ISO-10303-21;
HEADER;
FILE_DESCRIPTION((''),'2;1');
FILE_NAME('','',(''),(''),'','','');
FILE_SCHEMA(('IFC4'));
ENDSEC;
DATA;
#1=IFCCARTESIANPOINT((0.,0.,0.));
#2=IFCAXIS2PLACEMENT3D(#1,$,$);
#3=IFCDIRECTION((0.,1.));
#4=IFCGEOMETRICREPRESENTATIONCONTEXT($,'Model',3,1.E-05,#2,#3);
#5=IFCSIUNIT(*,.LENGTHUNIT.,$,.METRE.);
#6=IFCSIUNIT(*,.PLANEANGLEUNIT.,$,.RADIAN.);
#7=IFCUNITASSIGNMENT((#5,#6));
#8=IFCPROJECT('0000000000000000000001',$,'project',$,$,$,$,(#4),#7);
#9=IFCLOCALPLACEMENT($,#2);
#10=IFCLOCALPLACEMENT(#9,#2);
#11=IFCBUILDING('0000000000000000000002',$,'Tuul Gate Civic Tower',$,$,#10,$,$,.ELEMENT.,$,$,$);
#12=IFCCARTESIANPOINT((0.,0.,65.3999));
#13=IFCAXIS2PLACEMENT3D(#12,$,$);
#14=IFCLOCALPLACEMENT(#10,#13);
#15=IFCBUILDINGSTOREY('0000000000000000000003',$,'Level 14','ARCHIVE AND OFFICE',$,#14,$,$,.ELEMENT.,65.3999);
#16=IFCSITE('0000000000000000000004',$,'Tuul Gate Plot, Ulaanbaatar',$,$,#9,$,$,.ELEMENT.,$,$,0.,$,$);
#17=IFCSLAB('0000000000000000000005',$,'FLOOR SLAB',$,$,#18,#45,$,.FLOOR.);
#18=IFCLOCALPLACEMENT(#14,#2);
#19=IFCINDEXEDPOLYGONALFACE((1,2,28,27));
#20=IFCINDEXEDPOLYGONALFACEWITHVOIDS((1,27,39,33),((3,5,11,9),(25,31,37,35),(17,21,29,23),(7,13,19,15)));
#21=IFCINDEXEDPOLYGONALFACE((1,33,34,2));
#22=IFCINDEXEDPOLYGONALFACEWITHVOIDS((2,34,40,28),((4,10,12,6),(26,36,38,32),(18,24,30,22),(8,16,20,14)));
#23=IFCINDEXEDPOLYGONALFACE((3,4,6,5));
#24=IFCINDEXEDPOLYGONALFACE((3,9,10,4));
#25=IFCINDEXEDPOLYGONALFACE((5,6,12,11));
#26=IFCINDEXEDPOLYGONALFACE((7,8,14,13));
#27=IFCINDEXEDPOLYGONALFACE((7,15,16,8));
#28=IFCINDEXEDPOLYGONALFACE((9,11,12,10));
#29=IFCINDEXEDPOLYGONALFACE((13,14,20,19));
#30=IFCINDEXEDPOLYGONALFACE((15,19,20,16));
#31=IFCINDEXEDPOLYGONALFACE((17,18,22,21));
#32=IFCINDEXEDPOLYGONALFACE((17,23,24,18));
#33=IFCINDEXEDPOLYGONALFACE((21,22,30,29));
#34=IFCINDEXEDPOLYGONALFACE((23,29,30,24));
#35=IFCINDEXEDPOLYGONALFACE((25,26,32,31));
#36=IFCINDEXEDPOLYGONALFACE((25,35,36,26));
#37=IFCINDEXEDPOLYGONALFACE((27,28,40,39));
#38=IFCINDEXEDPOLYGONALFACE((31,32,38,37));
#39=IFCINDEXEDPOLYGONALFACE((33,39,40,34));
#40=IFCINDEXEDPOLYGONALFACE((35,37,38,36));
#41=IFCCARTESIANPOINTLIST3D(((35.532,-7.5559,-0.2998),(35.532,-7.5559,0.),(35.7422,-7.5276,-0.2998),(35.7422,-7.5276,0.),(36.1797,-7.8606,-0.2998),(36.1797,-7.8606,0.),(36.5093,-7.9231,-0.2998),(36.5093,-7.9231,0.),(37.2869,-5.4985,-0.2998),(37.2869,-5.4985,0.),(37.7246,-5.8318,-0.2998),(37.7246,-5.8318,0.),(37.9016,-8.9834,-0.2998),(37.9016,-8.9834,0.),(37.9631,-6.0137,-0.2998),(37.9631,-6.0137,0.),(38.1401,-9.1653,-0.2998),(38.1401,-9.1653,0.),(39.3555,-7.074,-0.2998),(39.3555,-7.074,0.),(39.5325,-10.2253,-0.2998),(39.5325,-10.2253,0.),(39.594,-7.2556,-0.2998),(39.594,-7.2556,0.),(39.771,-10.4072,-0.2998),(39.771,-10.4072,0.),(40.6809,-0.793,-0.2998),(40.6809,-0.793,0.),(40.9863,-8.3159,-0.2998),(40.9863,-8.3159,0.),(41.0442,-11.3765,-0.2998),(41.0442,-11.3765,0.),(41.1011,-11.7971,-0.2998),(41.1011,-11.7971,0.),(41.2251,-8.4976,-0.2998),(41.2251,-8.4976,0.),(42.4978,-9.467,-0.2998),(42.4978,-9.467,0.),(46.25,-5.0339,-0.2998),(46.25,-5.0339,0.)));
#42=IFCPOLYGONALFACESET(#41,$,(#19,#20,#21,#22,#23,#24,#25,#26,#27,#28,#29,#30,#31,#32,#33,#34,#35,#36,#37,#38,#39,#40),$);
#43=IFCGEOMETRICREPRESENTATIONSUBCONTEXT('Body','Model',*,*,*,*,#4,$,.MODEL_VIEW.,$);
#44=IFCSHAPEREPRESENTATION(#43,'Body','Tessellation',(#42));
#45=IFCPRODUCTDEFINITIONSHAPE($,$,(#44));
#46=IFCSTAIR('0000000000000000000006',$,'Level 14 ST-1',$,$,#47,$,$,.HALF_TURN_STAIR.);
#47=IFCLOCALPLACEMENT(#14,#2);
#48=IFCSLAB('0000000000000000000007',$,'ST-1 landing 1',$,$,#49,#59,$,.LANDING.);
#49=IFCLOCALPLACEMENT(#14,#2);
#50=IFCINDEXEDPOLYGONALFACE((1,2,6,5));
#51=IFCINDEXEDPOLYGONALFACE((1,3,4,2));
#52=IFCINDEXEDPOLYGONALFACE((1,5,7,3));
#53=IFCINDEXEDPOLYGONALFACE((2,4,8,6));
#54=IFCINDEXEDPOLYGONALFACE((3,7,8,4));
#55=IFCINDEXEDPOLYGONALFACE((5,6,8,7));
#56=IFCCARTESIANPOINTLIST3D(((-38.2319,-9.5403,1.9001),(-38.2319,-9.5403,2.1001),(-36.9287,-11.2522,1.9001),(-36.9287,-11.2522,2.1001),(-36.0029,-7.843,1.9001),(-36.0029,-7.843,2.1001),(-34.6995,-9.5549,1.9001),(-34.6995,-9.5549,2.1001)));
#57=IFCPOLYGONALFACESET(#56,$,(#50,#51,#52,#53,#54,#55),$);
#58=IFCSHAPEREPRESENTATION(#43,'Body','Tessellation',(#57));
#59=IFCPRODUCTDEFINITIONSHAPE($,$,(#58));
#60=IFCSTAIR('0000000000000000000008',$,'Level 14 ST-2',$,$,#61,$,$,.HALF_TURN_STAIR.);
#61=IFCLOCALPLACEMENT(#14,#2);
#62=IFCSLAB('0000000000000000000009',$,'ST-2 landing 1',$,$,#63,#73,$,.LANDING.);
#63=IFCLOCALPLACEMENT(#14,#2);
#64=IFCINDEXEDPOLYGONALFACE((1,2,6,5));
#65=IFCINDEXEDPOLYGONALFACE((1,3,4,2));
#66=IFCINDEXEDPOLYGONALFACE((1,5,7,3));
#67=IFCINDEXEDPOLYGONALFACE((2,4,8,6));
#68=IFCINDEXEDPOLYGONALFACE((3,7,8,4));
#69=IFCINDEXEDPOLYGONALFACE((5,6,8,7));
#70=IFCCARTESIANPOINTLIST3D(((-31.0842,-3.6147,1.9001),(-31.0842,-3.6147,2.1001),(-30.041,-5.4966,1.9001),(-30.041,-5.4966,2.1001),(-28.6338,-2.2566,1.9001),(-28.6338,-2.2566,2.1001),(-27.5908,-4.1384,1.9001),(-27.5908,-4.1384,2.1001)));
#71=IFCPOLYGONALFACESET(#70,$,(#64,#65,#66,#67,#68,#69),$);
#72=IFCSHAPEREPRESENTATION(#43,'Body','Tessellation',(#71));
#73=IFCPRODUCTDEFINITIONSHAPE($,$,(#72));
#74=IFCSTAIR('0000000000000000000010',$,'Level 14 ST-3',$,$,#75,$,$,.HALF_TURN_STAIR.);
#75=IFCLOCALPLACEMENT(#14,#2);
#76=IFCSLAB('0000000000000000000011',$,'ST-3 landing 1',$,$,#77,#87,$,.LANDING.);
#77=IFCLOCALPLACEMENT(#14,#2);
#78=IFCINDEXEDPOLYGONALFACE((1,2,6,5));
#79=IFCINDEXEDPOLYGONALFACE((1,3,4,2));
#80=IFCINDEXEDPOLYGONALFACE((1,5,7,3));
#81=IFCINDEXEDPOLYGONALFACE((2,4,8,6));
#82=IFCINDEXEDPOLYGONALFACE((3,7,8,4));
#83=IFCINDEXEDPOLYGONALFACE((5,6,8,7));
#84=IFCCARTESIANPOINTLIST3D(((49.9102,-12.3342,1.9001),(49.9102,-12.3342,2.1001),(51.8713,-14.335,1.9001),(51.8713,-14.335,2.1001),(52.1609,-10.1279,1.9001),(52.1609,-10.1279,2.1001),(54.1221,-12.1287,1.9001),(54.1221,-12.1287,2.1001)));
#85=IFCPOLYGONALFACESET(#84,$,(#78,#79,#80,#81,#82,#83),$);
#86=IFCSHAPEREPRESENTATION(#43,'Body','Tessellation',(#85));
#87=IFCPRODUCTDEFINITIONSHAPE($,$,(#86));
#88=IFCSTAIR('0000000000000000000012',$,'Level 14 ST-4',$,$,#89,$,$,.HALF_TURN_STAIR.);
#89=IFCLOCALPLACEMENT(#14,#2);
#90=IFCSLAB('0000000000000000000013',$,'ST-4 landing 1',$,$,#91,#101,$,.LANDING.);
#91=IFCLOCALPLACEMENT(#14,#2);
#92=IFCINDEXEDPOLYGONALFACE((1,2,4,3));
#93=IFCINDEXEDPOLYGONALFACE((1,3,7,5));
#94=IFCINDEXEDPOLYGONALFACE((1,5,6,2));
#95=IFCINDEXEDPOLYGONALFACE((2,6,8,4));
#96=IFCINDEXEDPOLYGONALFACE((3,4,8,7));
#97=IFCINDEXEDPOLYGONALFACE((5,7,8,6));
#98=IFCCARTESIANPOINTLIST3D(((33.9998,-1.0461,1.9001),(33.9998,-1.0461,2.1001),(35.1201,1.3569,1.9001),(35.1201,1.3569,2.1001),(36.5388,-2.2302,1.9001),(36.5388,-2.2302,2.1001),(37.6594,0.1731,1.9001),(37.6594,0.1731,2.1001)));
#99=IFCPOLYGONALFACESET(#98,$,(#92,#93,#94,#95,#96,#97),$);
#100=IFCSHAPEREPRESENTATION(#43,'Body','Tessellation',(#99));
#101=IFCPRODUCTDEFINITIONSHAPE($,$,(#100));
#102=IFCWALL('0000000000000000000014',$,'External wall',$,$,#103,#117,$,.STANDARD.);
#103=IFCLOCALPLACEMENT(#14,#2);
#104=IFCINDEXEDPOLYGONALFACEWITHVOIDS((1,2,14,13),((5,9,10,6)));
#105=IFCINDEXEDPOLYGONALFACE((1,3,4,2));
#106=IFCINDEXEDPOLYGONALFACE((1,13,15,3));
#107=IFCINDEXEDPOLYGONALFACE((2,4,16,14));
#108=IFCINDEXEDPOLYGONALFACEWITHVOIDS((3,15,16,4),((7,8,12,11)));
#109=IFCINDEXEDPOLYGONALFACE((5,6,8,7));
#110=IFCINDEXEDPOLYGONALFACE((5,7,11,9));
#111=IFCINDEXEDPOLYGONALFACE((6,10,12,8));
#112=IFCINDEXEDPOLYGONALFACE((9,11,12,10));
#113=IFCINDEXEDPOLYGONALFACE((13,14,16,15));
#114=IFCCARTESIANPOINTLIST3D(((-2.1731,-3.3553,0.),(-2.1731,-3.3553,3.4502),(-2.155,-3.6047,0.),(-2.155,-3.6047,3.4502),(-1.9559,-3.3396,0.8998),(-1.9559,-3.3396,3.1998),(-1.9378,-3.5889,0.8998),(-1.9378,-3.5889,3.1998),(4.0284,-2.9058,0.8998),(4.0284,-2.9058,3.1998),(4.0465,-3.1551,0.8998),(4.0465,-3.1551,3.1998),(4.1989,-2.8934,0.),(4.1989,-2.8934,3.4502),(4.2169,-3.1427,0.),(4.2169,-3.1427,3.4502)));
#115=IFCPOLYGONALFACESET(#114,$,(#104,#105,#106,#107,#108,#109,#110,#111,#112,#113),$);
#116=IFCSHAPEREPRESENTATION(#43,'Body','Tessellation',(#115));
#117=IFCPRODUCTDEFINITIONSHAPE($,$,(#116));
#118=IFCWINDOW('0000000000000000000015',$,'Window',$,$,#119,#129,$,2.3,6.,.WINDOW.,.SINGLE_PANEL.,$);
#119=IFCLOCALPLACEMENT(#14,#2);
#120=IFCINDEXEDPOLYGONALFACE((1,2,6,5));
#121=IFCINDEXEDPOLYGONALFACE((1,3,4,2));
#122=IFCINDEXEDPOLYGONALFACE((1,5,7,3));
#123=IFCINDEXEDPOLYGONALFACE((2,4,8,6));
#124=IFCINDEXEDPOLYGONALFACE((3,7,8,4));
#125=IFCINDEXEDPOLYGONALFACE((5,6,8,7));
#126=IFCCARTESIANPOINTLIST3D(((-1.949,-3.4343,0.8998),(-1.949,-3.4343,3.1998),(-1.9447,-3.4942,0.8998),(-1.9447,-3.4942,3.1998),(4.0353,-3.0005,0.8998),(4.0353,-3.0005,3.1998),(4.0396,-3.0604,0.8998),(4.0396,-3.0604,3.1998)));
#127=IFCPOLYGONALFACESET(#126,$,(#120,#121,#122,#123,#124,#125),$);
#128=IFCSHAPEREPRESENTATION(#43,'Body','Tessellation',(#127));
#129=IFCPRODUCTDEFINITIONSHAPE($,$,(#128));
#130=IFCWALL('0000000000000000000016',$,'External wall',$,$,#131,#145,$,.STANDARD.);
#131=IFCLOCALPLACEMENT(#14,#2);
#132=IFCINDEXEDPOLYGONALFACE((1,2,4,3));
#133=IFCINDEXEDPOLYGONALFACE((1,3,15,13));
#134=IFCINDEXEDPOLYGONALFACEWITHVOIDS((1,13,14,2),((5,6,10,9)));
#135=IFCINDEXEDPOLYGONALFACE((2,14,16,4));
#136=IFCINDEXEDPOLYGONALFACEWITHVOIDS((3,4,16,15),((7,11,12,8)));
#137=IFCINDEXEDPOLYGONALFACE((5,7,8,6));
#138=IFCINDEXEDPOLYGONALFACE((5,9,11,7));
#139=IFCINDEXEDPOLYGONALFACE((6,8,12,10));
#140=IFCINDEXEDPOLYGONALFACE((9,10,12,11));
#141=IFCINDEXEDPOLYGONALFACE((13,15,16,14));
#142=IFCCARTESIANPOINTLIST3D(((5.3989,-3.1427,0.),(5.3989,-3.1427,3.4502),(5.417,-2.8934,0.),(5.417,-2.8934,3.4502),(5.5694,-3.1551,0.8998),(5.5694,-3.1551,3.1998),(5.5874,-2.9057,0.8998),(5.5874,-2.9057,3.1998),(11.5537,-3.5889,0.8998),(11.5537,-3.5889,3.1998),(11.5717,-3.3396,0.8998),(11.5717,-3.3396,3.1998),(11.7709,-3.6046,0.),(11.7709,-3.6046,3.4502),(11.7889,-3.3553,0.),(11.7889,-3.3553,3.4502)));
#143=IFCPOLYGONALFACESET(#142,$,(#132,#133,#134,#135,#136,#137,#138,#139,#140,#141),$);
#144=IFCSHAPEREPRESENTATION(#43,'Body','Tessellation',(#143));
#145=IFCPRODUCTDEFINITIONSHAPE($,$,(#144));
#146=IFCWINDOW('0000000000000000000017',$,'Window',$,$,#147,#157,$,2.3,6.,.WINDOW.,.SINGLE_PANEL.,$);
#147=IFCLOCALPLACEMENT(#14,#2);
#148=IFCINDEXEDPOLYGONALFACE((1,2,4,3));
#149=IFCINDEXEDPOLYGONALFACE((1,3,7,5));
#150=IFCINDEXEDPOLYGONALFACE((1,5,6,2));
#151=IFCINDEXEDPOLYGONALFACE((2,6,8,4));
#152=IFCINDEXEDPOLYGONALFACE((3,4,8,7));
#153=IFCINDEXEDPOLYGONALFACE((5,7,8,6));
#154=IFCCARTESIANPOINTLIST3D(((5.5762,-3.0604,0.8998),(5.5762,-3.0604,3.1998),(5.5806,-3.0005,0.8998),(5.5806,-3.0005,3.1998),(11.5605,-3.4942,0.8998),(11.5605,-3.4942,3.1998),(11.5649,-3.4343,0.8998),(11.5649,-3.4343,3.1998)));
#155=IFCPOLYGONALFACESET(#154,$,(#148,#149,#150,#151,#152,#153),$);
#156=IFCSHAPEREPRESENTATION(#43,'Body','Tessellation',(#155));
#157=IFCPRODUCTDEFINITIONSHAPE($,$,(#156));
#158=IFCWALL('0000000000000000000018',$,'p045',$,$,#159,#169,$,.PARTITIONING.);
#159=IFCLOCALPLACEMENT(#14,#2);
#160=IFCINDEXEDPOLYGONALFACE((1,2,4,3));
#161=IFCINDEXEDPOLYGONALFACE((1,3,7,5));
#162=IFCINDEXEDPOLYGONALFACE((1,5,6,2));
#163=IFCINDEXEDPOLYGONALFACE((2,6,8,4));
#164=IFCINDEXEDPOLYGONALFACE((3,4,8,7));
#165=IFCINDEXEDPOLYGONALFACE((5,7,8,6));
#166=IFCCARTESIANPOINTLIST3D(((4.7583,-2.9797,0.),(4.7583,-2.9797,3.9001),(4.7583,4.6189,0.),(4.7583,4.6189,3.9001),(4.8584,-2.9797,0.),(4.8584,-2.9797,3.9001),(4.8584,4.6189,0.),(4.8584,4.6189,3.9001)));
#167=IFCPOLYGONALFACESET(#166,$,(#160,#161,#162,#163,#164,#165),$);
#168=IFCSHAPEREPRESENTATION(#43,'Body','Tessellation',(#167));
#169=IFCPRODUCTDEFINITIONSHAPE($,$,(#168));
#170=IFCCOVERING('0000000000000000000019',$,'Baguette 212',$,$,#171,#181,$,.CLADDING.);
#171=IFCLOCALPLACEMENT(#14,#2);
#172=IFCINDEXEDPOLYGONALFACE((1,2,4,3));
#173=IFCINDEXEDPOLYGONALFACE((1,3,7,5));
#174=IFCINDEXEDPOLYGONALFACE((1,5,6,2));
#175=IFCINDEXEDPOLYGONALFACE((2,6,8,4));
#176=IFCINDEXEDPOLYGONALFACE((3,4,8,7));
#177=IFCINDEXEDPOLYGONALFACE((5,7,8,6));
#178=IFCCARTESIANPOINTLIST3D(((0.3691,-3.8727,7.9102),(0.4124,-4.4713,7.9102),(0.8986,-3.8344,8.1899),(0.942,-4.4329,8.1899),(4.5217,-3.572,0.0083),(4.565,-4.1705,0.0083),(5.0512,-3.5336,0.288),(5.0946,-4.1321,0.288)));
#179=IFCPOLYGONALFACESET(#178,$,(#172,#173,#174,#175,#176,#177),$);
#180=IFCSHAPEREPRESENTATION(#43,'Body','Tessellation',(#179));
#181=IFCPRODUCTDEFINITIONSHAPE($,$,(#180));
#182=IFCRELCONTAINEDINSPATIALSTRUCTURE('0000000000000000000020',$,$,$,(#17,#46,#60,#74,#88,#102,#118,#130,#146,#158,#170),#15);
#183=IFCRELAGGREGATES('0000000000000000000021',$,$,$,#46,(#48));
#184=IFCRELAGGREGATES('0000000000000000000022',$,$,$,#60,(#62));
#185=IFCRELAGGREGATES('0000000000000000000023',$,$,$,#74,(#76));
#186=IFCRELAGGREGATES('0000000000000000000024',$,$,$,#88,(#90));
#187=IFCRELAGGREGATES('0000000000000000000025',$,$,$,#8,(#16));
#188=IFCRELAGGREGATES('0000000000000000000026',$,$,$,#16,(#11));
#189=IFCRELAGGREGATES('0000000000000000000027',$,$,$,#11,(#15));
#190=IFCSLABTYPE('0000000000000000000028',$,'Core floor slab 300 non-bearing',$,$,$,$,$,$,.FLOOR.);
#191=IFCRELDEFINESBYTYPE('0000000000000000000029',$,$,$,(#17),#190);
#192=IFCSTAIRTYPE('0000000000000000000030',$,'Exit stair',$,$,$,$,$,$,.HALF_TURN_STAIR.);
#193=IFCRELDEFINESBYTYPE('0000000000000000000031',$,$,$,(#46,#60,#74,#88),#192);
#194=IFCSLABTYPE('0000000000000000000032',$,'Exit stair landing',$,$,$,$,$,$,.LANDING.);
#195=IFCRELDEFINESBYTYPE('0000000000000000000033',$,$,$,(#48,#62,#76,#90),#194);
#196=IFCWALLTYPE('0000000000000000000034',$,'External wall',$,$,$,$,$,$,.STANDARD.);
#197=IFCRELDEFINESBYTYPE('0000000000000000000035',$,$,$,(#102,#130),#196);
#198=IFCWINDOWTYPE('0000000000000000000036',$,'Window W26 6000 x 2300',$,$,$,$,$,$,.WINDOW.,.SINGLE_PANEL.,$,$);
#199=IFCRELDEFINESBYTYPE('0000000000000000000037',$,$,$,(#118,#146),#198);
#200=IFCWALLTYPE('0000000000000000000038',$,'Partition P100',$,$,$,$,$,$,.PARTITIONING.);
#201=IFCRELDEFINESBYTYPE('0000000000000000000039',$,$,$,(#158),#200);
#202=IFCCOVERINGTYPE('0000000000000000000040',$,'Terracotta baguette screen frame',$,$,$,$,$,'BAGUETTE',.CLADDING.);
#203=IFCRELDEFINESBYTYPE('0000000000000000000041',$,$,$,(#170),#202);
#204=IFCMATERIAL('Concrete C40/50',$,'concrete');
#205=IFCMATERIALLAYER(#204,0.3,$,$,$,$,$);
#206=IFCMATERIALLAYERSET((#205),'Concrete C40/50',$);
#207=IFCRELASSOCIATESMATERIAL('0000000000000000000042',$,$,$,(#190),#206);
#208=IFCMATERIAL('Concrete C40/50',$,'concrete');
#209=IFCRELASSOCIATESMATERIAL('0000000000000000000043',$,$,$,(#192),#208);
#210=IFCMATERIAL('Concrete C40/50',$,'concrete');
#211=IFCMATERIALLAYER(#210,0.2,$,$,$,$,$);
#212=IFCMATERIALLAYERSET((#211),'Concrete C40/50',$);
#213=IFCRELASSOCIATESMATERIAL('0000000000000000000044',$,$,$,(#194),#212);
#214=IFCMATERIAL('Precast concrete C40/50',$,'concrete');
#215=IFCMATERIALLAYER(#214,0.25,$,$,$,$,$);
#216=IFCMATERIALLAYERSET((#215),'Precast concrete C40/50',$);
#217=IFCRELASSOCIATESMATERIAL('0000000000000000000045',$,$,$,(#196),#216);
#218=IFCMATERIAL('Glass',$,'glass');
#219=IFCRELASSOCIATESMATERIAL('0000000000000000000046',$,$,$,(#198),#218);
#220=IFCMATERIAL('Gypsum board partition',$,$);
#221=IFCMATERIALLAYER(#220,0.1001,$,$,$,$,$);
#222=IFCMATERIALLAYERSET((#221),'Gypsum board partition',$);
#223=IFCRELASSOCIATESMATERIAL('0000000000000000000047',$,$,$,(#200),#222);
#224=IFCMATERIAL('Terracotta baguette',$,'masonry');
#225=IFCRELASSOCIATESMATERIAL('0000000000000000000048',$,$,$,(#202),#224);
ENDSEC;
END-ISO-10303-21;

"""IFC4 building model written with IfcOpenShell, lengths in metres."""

from ifc_helpers import new_model, si_unit, direction, frame, frame_2d, origin, origin_2d, place, context, subcontext, project, spatial, polyline, rectangle, outline, extrude, material, layer, layer_set, material_profile, profile_set, type_object, element, fill, aggregate, save


model = new_model("IFC4")

# Units and contexts
model_context = context("Model", 3, precision=1e-05, world=origin(), true_north=direction((0.0, 1.0)))
body_context = subcontext(model_context, "Body", "Model", "MODEL_VIEW")
ifc_project = project(units=[si_unit("LENGTHUNIT", "METRE"), si_unit("PLANEANGLEUNIT", "RADIAN")], contexts=[model_context])

# Site, building, storey
site_placement = place(None, origin())
site = spatial("IfcSite", under=ifc_project, at=site_placement, Name="Tuul Gate Plot, Ulaanbaatar", CompositionType="ELEMENT", RefElevation=0.0)
building_placement = place(site_placement, origin())
building = spatial("IfcBuilding", under=site, at=building_placement, Name="Tuul Gate Civic Tower", CompositionType="ELEMENT")
storey_placement = place(building_placement, frame((0.0, 0.0, 65.3999)))
storey = spatial("IfcBuildingStorey", under=building, at=storey_placement, Name="Level 14", Description="ARCHIVE AND OFFICE", CompositionType="ELEMENT", Elevation=65.3999)

# Slab
ifc_material_1 = material(Name="Concrete C40/50", Category="concrete")
ifc_layer_1 = layer(ifc_material_1, 0.3)
ifc_layer_set_1 = layer_set([ifc_layer_1], Name="Concrete C40/50")
slab_type_1 = type_object("IfcSlabType", Name="Core floor slab 300 non-bearing", PredefinedType="FLOOR", material=ifc_layer_set_1)
slab_1_placement = place(storey_placement, frame((0.0, 0.0, -0.2998)))
element("IfcSlab", 1, at=slab_1_placement, inside=storey, type_object=slab_type_1, Name="FLOOR SLAB", PredefinedType="FLOOR", context=body_context, shape_type="SweptSolid", body=[
    extrude(outline(polyline([(41.1011, -11.7971), (46.25, -5.0339), (40.6809, -0.793), (35.532, -7.5559), (41.1011, -11.7971)]), holes=[polyline([(41.0442, -11.3765), (42.4978, -9.467), (41.2251, -8.4976), (39.771, -10.4072), (41.0442, -11.3765)]), polyline([(39.5325, -10.2253), (40.9863, -8.3159), (39.594, -7.2556), (38.1401, -9.1653), (39.5325, -10.2253)]), polyline([(37.9016, -8.9834), (39.3555, -7.074), (37.9631, -6.0137), (36.5093, -7.9231), (37.9016, -8.9834)]), polyline([(36.1797, -7.8606), (37.7246, -5.8318), (37.2869, -5.4985), (35.7422, -7.5276), (36.1797, -7.8606)])]), origin(), (0.0, 0.0, 1.0), 0.2998),
])

# Stairs, slabs
ifc_material_2 = material(Name="Concrete C40/50", Category="concrete")
stair_type = type_object("IfcStairType", Name="Exit stair", PredefinedType="HALF_TURN_STAIR", material=ifc_material_2)
stair_1_placement = place(storey_placement, origin())
stair_1 = element("IfcStair", 2, at=stair_1_placement, inside=storey, type_object=stair_type, Name="Level 14 ST-1", PredefinedType="HALF_TURN_STAIR")
ifc_material_3 = material(Name="Concrete C40/50", Category="concrete")
ifc_layer_2 = layer(ifc_material_3, 0.2)
ifc_layer_set_2 = layer_set([ifc_layer_2], Name="Concrete C40/50")
slab_type_2 = type_object("IfcSlabType", Name="Exit stair landing", PredefinedType="LANDING", material=ifc_layer_set_2)
slab_2_placement = place(storey_placement, frame((0.0, 0.0, 1.9001)))
slab_2 = element("IfcSlab", 3, at=slab_2_placement, type_object=slab_type_2, Name="ST-1 landing 1", PredefinedType="LANDING", context=body_context, shape_type="SweptSolid", body=[
    extrude(outline(polyline([(-34.6995, -9.5549), (-36.9287, -11.2522), (-38.2319, -9.5403), (-36.0029, -7.843), (-34.6995, -9.5549)])), origin(), (0.0, 0.0, 1.0), 0.2),
])
aggregate(stair_1, [slab_2])
stair_2_placement = place(storey_placement, origin())
stair_2 = element("IfcStair", 4, at=stair_2_placement, inside=storey, type_object=stair_type, Name="Level 14 ST-2", PredefinedType="HALF_TURN_STAIR")
slab_3_placement = place(storey_placement, frame((0.0, 0.0, 1.9001)))
slab_3 = element("IfcSlab", 5, at=slab_3_placement, type_object=slab_type_2, Name="ST-2 landing 1", PredefinedType="LANDING", context=body_context, shape_type="SweptSolid", body=[
    extrude(outline(polyline([(-27.5908, -4.1384), (-30.041, -5.4966), (-31.0842, -3.6147), (-28.6338, -2.2566), (-27.5908, -4.1384)])), origin(), (0.0, 0.0, 1.0), 0.2),
])
aggregate(stair_2, [slab_3])
stair_3_placement = place(storey_placement, origin())
stair_3 = element("IfcStair", 6, at=stair_3_placement, inside=storey, type_object=stair_type, Name="Level 14 ST-3", PredefinedType="HALF_TURN_STAIR")
slab_4_placement = place(storey_placement, frame((0.0, 0.0, 1.9001)))
slab_4 = element("IfcSlab", 7, at=slab_4_placement, type_object=slab_type_2, Name="ST-3 landing 1", PredefinedType="LANDING", context=body_context, shape_type="SweptSolid", body=[
    extrude(outline(polyline([(51.8713, -14.335), (49.9102, -12.3342), (52.1609, -10.1279), (54.1221, -12.1287), (51.8713, -14.335)])), origin(), (0.0, 0.0, 1.0), 0.2),
])
aggregate(stair_3, [slab_4])
stair_4_placement = place(storey_placement, origin())
stair_4 = element("IfcStair", 8, at=stair_4_placement, inside=storey, type_object=stair_type, Name="Level 14 ST-4", PredefinedType="HALF_TURN_STAIR")
slab_5_placement = place(storey_placement, frame((0.0, 0.0, 1.9001)))
slab_5 = element("IfcSlab", 9, at=slab_5_placement, type_object=slab_type_2, Name="ST-4 landing 1", PredefinedType="LANDING", context=body_context, shape_type="SweptSolid", body=[
    extrude(outline(polyline([(36.5388, -2.2302), (33.9998, -1.0461), (35.1201, 1.3569), (37.6594, 0.1731), (36.5388, -2.2302)])), origin(), (0.0, 0.0, 1.0), 0.2),
])
aggregate(stair_4, [slab_5])

# Walls, openings, windows
ifc_material_4 = material(Name="Precast concrete C40/50", Category="concrete")
ifc_layer_3 = layer(ifc_material_4, 0.25)
ifc_layer_set_3 = layer_set([ifc_layer_3], Name="Precast concrete C40/50")
wall_type_1 = type_object("IfcWallType", Name="External wall", PredefinedType="STANDARD", material=ifc_layer_set_3)
wall_1_placement = place(storey_placement, frame((-2.1641, -3.48, 0.0), z_axis=(0.0, 0.0, 1.0), x_axis=(0.997383, 0.072301, 0.0)))
wall_1 = element("IfcWall", 10, at=wall_1_placement, inside=storey, type_object=wall_type_1, Name="External wall", PredefinedType="STANDARD", context=body_context, shape_type="SweptSolid", body=[
    extrude(rectangle(XDim=6.3887, YDim=0.25, at=frame_2d((3.1943, 0.0))), origin(), (0.0, 0.0, 1.0), 3.4502),
])
opening_1_placement = place(wall_1_placement, frame((0.2178, 0.0, 0.8999)))
opening_1 = element("IfcOpeningElement", 11, at=opening_1_placement, cuts=wall_1, PredefinedType="OPENING", context=body_context, shape_type="SweptSolid", body=[
    extrude(rectangle(XDim=6.0, YDim=2.3, at=frame_2d((3.0, 1.1499))), frame((0.0, 0.135, 0.0), z_axis=(0.0, -1.0, 0.0), x_axis=(1.0, 0.0, 0.0)), (0.0, 0.0, 1.0), 0.27),
])
ifc_material_5 = material(Name="Glass", Category="glass")
window_type = type_object("IfcWindowType", Name="Window W26 6000 x 2300", PartitioningType="SINGLE_PANEL", PredefinedType="WINDOW", material=ifc_material_5)
window_1_placement = place(opening_1_placement, origin())
window_1 = element("IfcWindow", 12, at=window_1_placement, inside=storey, type_object=window_type, Name="Window", OverallHeight=2.3, OverallWidth=6.0, PartitioningType="SINGLE_PANEL", PredefinedType="WINDOW", context=body_context, shape_type="SweptSolid", body=[
    extrude(rectangle(XDim=6.0, YDim=2.3, at=frame_2d((3.0, 1.1499))), frame((0.0, 0.03, 0.0), z_axis=(0.0, -1.0, 0.0), x_axis=(1.0, 0.0, 0.0)), (0.0, 0.0, 1.0), 0.0601),
])
fill(opening_1, window_1)
wall_2_placement = place(storey_placement, frame((5.408, -3.0181, 0.0), z_axis=(0.0, 0.0, 1.0), x_axis=(0.997383, -0.072301, 0.0)))
wall_2 = element("IfcWall", 13, at=wall_2_placement, inside=storey, type_object=wall_type_1, Name="External wall", PredefinedType="STANDARD", context=body_context, shape_type="SweptSolid", body=[
    extrude(rectangle(XDim=6.3887, YDim=0.25, at=frame_2d((3.1943, 0.0))), origin(), (0.0, 0.0, 1.0), 3.4502),
])
opening_2_placement = place(wall_2_placement, frame((0.1709, 0.0, 0.8999)))
opening_2 = element("IfcOpeningElement", 14, at=opening_2_placement, cuts=wall_2, PredefinedType="OPENING", context=body_context, shape_type="SweptSolid", body=[
    extrude(rectangle(XDim=6.0, YDim=2.3, at=frame_2d((3.0, 1.1499))), frame((0.0, 0.135, 0.0), z_axis=(0.0, -1.0, 0.0), x_axis=(1.0, 0.0, 0.0)), (0.0, 0.0, 1.0), 0.27),
])
window_2_placement = place(opening_2_placement, origin())
window_2 = element("IfcWindow", 15, at=window_2_placement, inside=storey, type_object=window_type, Name="Window", OverallHeight=2.3, OverallWidth=6.0, PartitioningType="SINGLE_PANEL", PredefinedType="WINDOW", context=body_context, shape_type="SweptSolid", body=[
    extrude(rectangle(XDim=6.0, YDim=2.3, at=frame_2d((3.0, 1.1499))), frame((0.0, 0.03, 0.0), z_axis=(0.0, -1.0, 0.0), x_axis=(1.0, 0.0, 0.0)), (0.0, 0.0, 1.0), 0.0601),
])
fill(opening_2, window_2)

# Wall
ifc_material_6 = material(Name="Gypsum board partition")
ifc_layer_4 = layer(ifc_material_6, 0.1001)
ifc_layer_set_4 = layer_set([ifc_layer_4], Name="Gypsum board partition")
wall_type_2 = type_object("IfcWallType", Name="Partition P100", PredefinedType="PARTITIONING", material=ifc_layer_set_4)
wall_3_placement = place(storey_placement, frame((4.8083, -2.9797, 0.0), z_axis=(0.0, 0.0, 1.0), x_axis=(0.0, 1.0, 0.0)))
element("IfcWall", 16, at=wall_3_placement, inside=storey, type_object=wall_type_2, Name="p045", PredefinedType="PARTITIONING", context=body_context, shape_type="SweptSolid", body=[
    extrude(rectangle(XDim=7.5986, YDim=0.1001, at=frame_2d((3.7993, 0.0))), origin(), (0.0, 0.0, 1.0), 3.9001),
])

# Covering
ifc_material_7 = material(Name="Terracotta baguette", Category="masonry")
ifc_material_profile_1 = material_profile(ifc_material_7, rectangle(XDim=0.6001, YDim=0.6001, at=origin_2d()), Name="Terracotta baguette screen frame")
ifc_profile_set_1 = profile_set([ifc_material_profile_1], Name="Terracotta baguette")
covering_type = type_object("IfcCoveringType", Name="Terracotta baguette screen frame", ElementType="BAGUETTE", PredefinedType="CLADDING", material=ifc_profile_set_1)
covering_placement = place(storey_placement, frame((0.6555, -4.1528, 8.05), z_axis=(0.464931, 0.033676, -0.884706), x_axis=(-0.072243, 0.997387, 0.0)))
element("IfcCovering", 17, at=covering_placement, inside=storey, type_object=covering_type, Name="Baguette 212", PredefinedType="CLADDING", context=body_context, shape_type="SweptSolid", body=[
    extrude(rectangle(XDim=0.6001, YDim=0.6001, at=origin_2d()), origin(), (0.0, 0.0, 1.0), 8.9316),
])

save(model, "model.ifc")
